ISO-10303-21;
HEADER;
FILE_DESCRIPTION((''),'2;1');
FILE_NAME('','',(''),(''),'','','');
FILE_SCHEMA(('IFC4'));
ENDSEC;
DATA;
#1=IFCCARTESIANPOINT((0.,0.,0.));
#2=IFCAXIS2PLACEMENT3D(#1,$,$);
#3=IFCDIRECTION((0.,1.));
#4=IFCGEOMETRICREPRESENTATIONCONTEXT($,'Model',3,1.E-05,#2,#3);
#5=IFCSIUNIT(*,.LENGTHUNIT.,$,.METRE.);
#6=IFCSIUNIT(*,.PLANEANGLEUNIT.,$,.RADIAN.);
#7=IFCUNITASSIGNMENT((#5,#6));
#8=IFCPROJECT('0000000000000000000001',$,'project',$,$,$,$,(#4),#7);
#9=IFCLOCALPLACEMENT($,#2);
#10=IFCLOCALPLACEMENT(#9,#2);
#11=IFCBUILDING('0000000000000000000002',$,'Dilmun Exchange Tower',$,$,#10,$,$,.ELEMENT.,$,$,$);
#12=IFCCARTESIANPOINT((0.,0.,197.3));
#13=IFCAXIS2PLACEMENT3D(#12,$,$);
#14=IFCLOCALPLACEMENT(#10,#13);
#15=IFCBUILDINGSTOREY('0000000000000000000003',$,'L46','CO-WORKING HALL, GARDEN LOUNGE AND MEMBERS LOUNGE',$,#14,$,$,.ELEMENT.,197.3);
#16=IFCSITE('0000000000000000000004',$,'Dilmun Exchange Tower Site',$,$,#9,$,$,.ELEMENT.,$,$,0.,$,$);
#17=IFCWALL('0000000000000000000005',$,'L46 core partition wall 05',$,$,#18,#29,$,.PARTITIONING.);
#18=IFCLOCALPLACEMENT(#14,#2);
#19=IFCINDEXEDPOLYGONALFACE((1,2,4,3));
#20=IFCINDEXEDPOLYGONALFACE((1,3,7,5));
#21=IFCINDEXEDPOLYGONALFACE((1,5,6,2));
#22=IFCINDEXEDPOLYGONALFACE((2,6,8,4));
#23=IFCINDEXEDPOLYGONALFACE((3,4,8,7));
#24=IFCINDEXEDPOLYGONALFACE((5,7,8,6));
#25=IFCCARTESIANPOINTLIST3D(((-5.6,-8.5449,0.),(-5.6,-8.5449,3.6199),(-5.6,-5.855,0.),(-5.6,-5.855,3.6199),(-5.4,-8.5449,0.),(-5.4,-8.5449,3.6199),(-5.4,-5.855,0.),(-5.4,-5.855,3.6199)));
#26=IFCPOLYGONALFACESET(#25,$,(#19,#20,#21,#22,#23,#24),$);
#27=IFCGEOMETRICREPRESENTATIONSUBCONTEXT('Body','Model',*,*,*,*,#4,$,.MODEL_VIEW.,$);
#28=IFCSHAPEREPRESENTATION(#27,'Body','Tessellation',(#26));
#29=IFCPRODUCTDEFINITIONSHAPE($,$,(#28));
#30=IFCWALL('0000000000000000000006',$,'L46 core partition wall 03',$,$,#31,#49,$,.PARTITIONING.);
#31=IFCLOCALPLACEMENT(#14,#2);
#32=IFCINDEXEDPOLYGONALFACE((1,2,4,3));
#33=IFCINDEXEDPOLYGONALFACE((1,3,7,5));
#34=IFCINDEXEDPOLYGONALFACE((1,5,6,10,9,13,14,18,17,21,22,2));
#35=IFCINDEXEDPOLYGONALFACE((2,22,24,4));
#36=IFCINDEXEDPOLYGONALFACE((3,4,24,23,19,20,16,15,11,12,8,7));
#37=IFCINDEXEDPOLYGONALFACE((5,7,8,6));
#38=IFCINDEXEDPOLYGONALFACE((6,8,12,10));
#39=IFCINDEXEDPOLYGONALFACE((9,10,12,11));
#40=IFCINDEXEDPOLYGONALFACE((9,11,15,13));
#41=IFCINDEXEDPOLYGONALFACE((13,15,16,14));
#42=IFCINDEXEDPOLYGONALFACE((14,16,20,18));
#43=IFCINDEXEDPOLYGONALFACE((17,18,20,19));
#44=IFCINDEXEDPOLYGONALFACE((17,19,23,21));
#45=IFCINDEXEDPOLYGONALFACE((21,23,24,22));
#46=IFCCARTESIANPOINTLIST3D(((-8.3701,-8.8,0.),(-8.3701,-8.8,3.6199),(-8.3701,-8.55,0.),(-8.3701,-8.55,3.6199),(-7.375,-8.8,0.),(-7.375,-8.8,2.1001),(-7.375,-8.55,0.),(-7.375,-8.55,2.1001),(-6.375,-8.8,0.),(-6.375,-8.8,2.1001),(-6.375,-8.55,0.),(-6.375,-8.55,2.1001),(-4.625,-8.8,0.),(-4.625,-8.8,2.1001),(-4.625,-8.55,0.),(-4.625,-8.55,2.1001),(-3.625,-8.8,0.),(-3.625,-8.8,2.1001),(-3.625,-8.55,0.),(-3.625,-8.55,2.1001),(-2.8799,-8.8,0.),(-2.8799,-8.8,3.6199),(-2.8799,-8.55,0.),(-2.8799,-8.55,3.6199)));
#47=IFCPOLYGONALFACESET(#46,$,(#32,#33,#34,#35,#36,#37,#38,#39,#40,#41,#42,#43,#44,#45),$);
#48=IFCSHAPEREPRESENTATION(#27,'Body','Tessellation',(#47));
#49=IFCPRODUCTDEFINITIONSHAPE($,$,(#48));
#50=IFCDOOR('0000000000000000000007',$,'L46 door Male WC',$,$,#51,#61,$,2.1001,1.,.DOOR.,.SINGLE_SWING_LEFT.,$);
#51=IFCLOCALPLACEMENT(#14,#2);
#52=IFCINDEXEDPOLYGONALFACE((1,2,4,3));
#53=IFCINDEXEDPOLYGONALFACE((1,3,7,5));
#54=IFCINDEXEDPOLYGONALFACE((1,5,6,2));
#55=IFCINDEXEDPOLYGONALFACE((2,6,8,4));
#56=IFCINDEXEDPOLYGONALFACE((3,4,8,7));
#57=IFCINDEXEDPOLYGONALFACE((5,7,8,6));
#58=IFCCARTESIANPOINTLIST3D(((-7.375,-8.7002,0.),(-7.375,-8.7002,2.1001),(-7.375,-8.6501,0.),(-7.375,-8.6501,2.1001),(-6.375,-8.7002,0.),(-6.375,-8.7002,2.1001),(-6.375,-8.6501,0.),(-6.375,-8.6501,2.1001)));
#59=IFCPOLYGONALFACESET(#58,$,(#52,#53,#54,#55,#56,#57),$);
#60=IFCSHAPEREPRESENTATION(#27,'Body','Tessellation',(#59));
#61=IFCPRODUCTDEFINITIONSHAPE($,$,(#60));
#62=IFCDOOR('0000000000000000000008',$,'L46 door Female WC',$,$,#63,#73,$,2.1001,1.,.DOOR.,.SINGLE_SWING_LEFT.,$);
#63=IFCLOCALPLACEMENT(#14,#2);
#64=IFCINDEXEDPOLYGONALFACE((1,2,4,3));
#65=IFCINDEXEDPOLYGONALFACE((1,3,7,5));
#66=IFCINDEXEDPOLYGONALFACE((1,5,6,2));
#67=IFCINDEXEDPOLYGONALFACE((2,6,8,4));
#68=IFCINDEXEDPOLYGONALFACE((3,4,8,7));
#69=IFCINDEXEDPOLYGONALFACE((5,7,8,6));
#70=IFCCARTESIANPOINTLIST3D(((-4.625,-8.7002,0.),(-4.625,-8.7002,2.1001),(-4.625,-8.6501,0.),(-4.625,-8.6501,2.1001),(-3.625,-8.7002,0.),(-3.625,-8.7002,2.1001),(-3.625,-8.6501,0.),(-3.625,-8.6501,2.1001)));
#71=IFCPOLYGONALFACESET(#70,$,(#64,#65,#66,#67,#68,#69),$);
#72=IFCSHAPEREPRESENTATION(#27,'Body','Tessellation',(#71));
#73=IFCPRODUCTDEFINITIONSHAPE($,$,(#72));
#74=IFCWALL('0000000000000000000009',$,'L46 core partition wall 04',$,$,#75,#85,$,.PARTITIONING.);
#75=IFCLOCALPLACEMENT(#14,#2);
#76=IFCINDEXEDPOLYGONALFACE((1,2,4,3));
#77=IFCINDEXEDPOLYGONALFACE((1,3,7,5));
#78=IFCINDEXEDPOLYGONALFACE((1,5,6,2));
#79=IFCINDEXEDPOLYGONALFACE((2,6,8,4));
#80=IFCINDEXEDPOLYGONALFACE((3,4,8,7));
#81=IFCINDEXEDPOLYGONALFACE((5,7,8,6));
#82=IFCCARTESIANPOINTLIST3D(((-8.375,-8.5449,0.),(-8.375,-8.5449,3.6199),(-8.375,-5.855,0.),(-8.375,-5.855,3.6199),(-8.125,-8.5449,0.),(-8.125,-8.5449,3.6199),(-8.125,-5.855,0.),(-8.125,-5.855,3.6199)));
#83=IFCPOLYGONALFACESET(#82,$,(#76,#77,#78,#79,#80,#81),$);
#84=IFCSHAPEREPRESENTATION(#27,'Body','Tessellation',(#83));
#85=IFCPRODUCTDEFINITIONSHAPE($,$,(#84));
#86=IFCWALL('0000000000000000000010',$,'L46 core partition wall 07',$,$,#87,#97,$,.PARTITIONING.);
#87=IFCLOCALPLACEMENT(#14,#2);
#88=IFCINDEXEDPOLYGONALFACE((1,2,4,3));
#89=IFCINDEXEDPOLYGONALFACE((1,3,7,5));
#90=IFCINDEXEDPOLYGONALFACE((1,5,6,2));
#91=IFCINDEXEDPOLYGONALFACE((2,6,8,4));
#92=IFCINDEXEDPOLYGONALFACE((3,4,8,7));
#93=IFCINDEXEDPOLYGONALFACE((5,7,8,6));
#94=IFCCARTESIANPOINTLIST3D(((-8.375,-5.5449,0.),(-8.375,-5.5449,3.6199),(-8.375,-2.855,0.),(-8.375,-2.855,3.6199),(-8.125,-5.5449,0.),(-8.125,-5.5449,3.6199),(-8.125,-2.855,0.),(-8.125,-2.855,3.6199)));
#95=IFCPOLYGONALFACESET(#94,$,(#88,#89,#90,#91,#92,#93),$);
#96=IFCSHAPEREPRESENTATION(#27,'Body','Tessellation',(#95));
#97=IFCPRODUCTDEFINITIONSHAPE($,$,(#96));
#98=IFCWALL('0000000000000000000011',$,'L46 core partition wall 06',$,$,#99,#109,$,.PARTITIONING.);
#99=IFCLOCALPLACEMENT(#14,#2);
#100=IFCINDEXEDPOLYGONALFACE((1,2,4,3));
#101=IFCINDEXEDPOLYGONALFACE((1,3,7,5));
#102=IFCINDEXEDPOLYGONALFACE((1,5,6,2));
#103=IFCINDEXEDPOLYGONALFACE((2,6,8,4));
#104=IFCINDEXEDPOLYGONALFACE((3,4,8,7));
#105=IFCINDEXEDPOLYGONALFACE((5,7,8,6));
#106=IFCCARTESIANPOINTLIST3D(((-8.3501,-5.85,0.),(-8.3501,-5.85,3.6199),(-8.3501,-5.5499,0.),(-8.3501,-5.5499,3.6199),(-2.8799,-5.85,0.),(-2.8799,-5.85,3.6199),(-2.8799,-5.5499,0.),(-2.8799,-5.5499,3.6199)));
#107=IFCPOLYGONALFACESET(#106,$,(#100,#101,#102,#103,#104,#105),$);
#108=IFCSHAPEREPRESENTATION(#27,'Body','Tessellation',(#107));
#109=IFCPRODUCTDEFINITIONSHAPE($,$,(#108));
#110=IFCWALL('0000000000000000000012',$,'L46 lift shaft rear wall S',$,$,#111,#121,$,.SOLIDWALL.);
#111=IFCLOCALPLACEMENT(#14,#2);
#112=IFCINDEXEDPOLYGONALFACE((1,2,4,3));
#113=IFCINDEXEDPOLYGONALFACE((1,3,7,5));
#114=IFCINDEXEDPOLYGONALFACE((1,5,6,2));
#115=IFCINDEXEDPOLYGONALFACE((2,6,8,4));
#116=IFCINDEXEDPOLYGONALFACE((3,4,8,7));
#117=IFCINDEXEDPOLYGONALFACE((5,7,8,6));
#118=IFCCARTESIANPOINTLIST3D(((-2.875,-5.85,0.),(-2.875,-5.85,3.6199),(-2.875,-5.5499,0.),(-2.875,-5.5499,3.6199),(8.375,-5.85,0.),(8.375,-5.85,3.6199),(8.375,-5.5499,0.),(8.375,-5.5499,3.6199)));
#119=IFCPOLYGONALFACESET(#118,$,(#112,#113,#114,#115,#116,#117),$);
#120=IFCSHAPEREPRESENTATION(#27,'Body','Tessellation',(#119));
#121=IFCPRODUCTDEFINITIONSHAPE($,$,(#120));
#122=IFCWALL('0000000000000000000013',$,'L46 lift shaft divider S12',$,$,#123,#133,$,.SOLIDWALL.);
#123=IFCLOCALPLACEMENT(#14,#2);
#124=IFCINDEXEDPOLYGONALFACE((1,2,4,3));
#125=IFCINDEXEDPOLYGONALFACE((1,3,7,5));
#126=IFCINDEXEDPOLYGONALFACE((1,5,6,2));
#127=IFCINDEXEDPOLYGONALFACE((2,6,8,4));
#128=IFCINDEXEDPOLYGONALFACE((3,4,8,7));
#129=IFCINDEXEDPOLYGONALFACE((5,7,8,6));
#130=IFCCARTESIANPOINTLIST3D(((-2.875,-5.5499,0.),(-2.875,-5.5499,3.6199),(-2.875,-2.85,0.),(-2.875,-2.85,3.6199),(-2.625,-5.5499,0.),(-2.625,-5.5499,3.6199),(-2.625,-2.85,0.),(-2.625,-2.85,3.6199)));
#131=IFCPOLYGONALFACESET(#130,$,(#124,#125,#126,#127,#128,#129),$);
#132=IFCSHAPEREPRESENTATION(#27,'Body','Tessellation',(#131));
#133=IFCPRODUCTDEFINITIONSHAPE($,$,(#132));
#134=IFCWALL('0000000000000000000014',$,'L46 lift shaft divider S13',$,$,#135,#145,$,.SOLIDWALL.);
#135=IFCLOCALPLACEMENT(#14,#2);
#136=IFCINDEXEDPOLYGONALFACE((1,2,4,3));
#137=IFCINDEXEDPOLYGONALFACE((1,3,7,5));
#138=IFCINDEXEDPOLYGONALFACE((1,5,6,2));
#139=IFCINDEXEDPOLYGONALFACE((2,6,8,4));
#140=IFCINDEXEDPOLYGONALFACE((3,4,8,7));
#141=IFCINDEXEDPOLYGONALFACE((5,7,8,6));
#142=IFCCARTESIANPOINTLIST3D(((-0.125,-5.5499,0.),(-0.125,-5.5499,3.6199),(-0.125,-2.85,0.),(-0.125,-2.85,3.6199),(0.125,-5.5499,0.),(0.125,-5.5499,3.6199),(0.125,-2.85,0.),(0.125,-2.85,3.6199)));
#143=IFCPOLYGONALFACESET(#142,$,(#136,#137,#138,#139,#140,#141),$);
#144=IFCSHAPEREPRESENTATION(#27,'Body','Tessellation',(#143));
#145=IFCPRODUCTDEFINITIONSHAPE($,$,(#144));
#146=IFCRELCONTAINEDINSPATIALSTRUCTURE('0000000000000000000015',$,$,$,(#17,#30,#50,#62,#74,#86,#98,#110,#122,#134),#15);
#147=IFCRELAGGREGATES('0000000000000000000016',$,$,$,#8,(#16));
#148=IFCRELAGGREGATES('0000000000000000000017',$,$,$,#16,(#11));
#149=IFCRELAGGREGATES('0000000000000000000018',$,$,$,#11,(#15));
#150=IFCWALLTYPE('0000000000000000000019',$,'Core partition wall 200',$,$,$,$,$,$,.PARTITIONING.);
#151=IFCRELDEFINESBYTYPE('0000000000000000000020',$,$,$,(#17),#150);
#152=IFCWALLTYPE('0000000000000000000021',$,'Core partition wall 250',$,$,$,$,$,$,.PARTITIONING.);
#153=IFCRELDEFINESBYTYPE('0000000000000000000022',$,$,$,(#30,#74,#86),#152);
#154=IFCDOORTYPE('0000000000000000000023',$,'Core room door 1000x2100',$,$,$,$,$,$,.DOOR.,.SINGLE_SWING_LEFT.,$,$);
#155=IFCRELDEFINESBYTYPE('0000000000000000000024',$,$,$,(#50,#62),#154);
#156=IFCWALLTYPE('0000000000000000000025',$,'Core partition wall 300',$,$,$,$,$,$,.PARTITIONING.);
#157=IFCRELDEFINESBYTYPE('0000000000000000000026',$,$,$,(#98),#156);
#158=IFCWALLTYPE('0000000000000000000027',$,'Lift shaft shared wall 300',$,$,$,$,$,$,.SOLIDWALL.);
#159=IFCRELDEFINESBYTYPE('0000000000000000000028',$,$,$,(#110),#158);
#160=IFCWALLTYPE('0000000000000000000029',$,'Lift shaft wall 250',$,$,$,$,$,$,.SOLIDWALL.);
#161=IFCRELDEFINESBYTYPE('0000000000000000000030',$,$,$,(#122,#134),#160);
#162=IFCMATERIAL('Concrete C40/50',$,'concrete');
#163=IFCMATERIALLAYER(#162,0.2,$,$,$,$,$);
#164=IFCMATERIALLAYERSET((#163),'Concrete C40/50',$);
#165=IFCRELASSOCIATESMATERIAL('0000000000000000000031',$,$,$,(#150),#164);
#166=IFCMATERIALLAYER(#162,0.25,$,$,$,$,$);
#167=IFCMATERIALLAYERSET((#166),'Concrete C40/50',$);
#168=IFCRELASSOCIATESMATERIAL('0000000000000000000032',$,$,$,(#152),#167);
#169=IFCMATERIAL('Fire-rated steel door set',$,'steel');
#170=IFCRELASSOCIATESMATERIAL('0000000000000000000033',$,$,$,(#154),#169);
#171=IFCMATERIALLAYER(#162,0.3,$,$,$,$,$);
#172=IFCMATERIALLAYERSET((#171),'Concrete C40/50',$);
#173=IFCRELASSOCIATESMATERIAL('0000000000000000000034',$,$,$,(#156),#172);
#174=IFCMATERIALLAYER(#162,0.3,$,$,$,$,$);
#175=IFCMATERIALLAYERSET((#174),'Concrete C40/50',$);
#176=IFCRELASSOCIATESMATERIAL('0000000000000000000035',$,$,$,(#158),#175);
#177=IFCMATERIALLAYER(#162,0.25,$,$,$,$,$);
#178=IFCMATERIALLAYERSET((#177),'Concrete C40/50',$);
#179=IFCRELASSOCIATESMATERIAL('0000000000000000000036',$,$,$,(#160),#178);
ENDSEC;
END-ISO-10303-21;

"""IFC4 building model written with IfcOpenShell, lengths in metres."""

from ifc_helpers import new_model, si_unit, direction, frame, frame_2d, origin, place, context, subcontext, project, spatial, rectangle, extrude, material, layer, layer_set, type_object, element, fill, save


model = new_model("IFC4")

# Units and contexts
model_context = context("Model", 3, precision=1e-05, world=origin(), true_north=direction((0.0, 1.0)))
body_context = subcontext(model_context, "Body", "Model", "MODEL_VIEW")
ifc_project = project(units=[si_unit("LENGTHUNIT", "METRE"), si_unit("PLANEANGLEUNIT", "RADIAN")], contexts=[model_context])

# Site, building, storey
site_placement = place(None, origin())
site = spatial("IfcSite", under=ifc_project, at=site_placement, Name="Dilmun Exchange Tower Site", CompositionType="ELEMENT", RefElevation=0.0)
building_placement = place(site_placement, origin())
building = spatial("IfcBuilding", under=site, at=building_placement, Name="Dilmun Exchange Tower", CompositionType="ELEMENT")
storey_placement = place(building_placement, frame((0.0, 0.0, 197.3)))
storey = spatial("IfcBuildingStorey", under=building, at=storey_placement, Name="L46", Description="CO-WORKING HALL, GARDEN LOUNGE AND MEMBERS LOUNGE", CompositionType="ELEMENT", Elevation=197.3)

# Wall
ifc_material_1 = material(Name="Concrete C40/50", Category="concrete")
ifc_layer_1 = layer(ifc_material_1, 0.2)
ifc_layer_set_1 = layer_set([ifc_layer_1], Name="Concrete C40/50")
wall_type_1 = type_object("IfcWallType", Name="Core partition wall 200", PredefinedType="PARTITIONING", material=ifc_layer_set_1)
wall_1_placement = place(storey_placement, frame((-5.5, -8.5449, 0.0), z_axis=(0.0, 0.0, 1.0), x_axis=(0.0, 1.0, 0.0)))
element("IfcWall", 1, at=wall_1_placement, inside=storey, type_object=wall_type_1, Name="L46 core partition wall 05", PredefinedType="PARTITIONING", context=body_context, shape_type="SweptSolid", body=[
    extrude(rectangle(XDim=2.6899, YDim=0.2, at=frame_2d((1.345, 0.0))), origin(), (0.0, 0.0, 1.0), 3.6199),
])

# Wall, openings, doors
ifc_layer_2 = layer(ifc_material_1, 0.25)
ifc_layer_set_2 = layer_set([ifc_layer_2], Name="Concrete C40/50")
wall_type_2 = type_object("IfcWallType", Name="Core partition wall 250", PredefinedType="PARTITIONING", material=ifc_layer_set_2)
wall_2_placement = place(storey_placement, frame((-8.3701, -8.675, 0.0), z_axis=(0.0, 0.0, 1.0), x_axis=(1.0, 0.0, 0.0)))
wall_2 = element("IfcWall", 2, at=wall_2_placement, inside=storey, type_object=wall_type_2, Name="L46 core partition wall 03", PredefinedType="PARTITIONING", context=body_context, shape_type="SweptSolid", body=[
    extrude(rectangle(XDim=5.4902, YDim=0.25, at=frame_2d((2.7451, 0.0))), origin(), (0.0, 0.0, 1.0), 3.6199),
])
opening_1_placement = place(wall_2_placement, frame((0.9951, 0.0, 0.0)))
opening_1 = element("IfcOpeningElement", 3, at=opening_1_placement, cuts=wall_2, PredefinedType="OPENING", context=body_context, shape_type="SweptSolid", body=[
    extrude(rectangle(XDim=1.0, YDim=2.1001, at=frame_2d((0.5, 1.05))), frame((0.0, 0.135, 0.0), z_axis=(0.0, -1.0, 0.0), x_axis=(1.0, 0.0, 0.0)), (0.0, 0.0, 1.0), 0.27),
])
opening_2_placement = place(wall_2_placement, frame((3.7451, 0.0, 0.0)))
opening_2 = element("IfcOpeningElement", 4, at=opening_2_placement, cuts=wall_2, PredefinedType="OPENING", context=body_context, shape_type="SweptSolid", body=[
    extrude(rectangle(XDim=1.0, YDim=2.1001, at=frame_2d((0.5, 1.05))), frame((0.0, 0.135, 0.0), z_axis=(0.0, -1.0, 0.0), x_axis=(1.0, 0.0, 0.0)), (0.0, 0.0, 1.0), 0.27),
])
ifc_material_2 = material(Name="Fire-rated steel door set", Category="steel")
door_type_1 = type_object("IfcDoorType", Name="Core room door 1000x2100", OperationType="SINGLE_SWING_LEFT", PredefinedType="DOOR", material=ifc_material_2)
door_1_placement = place(opening_1_placement, origin())
door_1 = element("IfcDoor", 5, at=door_1_placement, inside=storey, type_object=door_type_1, Name="L46 door Male WC", OperationType="SINGLE_SWING_LEFT", OverallHeight=2.1001, OverallWidth=1.0, PredefinedType="DOOR", context=body_context, shape_type="SweptSolid", body=[
    extrude(rectangle(XDim=1.0, YDim=2.1001, at=frame_2d((0.5, 1.05))), frame((0.0, 0.0249, 0.0), z_axis=(0.0, -1.0, 0.0), x_axis=(1.0, 0.0, 0.0)), (0.0, 0.0, 1.0), 0.05),
])
fill(opening_1, door_1)
door_2_placement = place(opening_2_placement, origin())
door_2 = element("IfcDoor", 6, at=door_2_placement, inside=storey, type_object=door_type_1, Name="L46 door Female WC", OperationType="SINGLE_SWING_LEFT", OverallHeight=2.1001, OverallWidth=1.0, PredefinedType="DOOR", context=body_context, shape_type="SweptSolid", body=[
    extrude(rectangle(XDim=1.0, YDim=2.1001, at=frame_2d((0.5, 1.05))), frame((0.0, 0.0249, 0.0), z_axis=(0.0, -1.0, 0.0), x_axis=(1.0, 0.0, 0.0)), (0.0, 0.0, 1.0), 0.05),
])
fill(opening_2, door_2)

# Walls
for number, where, z_axis, x_axis, name in (
    (7, (-8.25, -8.5449, 0.0), (0.0, 0.0, 1.0), (0.0, 1.0, 0.0), "L46 core partition wall 04"),
    (8, (-8.25, -5.5449, 0.0), (0.0, 0.0, 1.0), (0.0, 1.0, 0.0), "L46 core partition wall 07"),
):
    element("IfcWall", number, at=place(storey_placement, frame(where, z_axis=z_axis, x_axis=x_axis)), inside=storey, type_object=wall_type_2, Name=name, PredefinedType="PARTITIONING", context=body_context, shape_type="SweptSolid", body=[
        extrude(rectangle(XDim=2.6899, YDim=0.25, at=frame_2d((1.345, 0.0))), origin(), (0.0, 0.0, 1.0), 3.6199),
    ])
ifc_layer_3 = layer(ifc_material_1, 0.3)
ifc_layer_set_3 = layer_set([ifc_layer_3], Name="Concrete C40/50")
wall_type_3 = type_object("IfcWallType", Name="Core partition wall 300", PredefinedType="PARTITIONING", material=ifc_layer_set_3)
wall_3_placement = place(storey_placement, frame((-8.3501, -5.7, 0.0), z_axis=(0.0, 0.0, 1.0), x_axis=(1.0, 0.0, 0.0)))
element("IfcWall", 9, at=wall_3_placement, inside=storey, type_object=wall_type_3, Name="L46 core partition wall 06", PredefinedType="PARTITIONING", context=body_context, shape_type="SweptSolid", body=[
    extrude(rectangle(XDim=5.4702, YDim=0.3, at=frame_2d((2.7351, 0.0))), origin(), (0.0, 0.0, 1.0), 3.6199),
])
ifc_layer_4 = layer(ifc_material_1, 0.3)
ifc_layer_set_4 = layer_set([ifc_layer_4], Name="Concrete C40/50")
wall_type_4 = type_object("IfcWallType", Name="Lift shaft shared wall 300", PredefinedType="SOLIDWALL", material=ifc_layer_set_4)
wall_4_placement = place(storey_placement, frame((-2.875, -5.7, 0.0), z_axis=(0.0, 0.0, 1.0), x_axis=(1.0, 0.0, 0.0)))
element("IfcWall", 10, at=wall_4_placement, inside=storey, type_object=wall_type_4, Name="L46 lift shaft rear wall S", PredefinedType="SOLIDWALL", context=body_context, shape_type="SweptSolid", body=[
    extrude(rectangle(XDim=11.25, YDim=0.3, at=frame_2d((5.625, 0.0))), origin(), (0.0, 0.0, 1.0), 3.6199),
])
ifc_layer_5 = layer(ifc_material_1, 0.25)
ifc_layer_set_5 = layer_set([ifc_layer_5], Name="Concrete C40/50")
wall_type_5 = type_object("IfcWallType", Name="Lift shaft wall 250", PredefinedType="SOLIDWALL", material=ifc_layer_set_5)
for number, where, z_axis, x_axis, name in (
    (11, (-2.75, -5.55, 0.0), (0.0, 0.0, 1.0), (0.0, 1.0, 0.0), "L46 lift shaft divider S12"),
    (12, (0.0, -5.55, 0.0), (0.0, 0.0, 1.0), (0.0, 1.0, 0.0), "L46 lift shaft divider S13"),
):
    element("IfcWall", number, at=place(storey_placement, frame(where, z_axis=z_axis, x_axis=x_axis)), inside=storey, type_object=wall_type_5, Name=name, PredefinedType="SOLIDWALL", context=body_context, shape_type="SweptSolid", body=[
        extrude(rectangle(XDim=2.7, YDim=0.25, at=frame_2d((1.3501, 0.0))), origin(), (0.0, 0.0, 1.0), 3.6199),
    ])

save(model, "model.ifc")
